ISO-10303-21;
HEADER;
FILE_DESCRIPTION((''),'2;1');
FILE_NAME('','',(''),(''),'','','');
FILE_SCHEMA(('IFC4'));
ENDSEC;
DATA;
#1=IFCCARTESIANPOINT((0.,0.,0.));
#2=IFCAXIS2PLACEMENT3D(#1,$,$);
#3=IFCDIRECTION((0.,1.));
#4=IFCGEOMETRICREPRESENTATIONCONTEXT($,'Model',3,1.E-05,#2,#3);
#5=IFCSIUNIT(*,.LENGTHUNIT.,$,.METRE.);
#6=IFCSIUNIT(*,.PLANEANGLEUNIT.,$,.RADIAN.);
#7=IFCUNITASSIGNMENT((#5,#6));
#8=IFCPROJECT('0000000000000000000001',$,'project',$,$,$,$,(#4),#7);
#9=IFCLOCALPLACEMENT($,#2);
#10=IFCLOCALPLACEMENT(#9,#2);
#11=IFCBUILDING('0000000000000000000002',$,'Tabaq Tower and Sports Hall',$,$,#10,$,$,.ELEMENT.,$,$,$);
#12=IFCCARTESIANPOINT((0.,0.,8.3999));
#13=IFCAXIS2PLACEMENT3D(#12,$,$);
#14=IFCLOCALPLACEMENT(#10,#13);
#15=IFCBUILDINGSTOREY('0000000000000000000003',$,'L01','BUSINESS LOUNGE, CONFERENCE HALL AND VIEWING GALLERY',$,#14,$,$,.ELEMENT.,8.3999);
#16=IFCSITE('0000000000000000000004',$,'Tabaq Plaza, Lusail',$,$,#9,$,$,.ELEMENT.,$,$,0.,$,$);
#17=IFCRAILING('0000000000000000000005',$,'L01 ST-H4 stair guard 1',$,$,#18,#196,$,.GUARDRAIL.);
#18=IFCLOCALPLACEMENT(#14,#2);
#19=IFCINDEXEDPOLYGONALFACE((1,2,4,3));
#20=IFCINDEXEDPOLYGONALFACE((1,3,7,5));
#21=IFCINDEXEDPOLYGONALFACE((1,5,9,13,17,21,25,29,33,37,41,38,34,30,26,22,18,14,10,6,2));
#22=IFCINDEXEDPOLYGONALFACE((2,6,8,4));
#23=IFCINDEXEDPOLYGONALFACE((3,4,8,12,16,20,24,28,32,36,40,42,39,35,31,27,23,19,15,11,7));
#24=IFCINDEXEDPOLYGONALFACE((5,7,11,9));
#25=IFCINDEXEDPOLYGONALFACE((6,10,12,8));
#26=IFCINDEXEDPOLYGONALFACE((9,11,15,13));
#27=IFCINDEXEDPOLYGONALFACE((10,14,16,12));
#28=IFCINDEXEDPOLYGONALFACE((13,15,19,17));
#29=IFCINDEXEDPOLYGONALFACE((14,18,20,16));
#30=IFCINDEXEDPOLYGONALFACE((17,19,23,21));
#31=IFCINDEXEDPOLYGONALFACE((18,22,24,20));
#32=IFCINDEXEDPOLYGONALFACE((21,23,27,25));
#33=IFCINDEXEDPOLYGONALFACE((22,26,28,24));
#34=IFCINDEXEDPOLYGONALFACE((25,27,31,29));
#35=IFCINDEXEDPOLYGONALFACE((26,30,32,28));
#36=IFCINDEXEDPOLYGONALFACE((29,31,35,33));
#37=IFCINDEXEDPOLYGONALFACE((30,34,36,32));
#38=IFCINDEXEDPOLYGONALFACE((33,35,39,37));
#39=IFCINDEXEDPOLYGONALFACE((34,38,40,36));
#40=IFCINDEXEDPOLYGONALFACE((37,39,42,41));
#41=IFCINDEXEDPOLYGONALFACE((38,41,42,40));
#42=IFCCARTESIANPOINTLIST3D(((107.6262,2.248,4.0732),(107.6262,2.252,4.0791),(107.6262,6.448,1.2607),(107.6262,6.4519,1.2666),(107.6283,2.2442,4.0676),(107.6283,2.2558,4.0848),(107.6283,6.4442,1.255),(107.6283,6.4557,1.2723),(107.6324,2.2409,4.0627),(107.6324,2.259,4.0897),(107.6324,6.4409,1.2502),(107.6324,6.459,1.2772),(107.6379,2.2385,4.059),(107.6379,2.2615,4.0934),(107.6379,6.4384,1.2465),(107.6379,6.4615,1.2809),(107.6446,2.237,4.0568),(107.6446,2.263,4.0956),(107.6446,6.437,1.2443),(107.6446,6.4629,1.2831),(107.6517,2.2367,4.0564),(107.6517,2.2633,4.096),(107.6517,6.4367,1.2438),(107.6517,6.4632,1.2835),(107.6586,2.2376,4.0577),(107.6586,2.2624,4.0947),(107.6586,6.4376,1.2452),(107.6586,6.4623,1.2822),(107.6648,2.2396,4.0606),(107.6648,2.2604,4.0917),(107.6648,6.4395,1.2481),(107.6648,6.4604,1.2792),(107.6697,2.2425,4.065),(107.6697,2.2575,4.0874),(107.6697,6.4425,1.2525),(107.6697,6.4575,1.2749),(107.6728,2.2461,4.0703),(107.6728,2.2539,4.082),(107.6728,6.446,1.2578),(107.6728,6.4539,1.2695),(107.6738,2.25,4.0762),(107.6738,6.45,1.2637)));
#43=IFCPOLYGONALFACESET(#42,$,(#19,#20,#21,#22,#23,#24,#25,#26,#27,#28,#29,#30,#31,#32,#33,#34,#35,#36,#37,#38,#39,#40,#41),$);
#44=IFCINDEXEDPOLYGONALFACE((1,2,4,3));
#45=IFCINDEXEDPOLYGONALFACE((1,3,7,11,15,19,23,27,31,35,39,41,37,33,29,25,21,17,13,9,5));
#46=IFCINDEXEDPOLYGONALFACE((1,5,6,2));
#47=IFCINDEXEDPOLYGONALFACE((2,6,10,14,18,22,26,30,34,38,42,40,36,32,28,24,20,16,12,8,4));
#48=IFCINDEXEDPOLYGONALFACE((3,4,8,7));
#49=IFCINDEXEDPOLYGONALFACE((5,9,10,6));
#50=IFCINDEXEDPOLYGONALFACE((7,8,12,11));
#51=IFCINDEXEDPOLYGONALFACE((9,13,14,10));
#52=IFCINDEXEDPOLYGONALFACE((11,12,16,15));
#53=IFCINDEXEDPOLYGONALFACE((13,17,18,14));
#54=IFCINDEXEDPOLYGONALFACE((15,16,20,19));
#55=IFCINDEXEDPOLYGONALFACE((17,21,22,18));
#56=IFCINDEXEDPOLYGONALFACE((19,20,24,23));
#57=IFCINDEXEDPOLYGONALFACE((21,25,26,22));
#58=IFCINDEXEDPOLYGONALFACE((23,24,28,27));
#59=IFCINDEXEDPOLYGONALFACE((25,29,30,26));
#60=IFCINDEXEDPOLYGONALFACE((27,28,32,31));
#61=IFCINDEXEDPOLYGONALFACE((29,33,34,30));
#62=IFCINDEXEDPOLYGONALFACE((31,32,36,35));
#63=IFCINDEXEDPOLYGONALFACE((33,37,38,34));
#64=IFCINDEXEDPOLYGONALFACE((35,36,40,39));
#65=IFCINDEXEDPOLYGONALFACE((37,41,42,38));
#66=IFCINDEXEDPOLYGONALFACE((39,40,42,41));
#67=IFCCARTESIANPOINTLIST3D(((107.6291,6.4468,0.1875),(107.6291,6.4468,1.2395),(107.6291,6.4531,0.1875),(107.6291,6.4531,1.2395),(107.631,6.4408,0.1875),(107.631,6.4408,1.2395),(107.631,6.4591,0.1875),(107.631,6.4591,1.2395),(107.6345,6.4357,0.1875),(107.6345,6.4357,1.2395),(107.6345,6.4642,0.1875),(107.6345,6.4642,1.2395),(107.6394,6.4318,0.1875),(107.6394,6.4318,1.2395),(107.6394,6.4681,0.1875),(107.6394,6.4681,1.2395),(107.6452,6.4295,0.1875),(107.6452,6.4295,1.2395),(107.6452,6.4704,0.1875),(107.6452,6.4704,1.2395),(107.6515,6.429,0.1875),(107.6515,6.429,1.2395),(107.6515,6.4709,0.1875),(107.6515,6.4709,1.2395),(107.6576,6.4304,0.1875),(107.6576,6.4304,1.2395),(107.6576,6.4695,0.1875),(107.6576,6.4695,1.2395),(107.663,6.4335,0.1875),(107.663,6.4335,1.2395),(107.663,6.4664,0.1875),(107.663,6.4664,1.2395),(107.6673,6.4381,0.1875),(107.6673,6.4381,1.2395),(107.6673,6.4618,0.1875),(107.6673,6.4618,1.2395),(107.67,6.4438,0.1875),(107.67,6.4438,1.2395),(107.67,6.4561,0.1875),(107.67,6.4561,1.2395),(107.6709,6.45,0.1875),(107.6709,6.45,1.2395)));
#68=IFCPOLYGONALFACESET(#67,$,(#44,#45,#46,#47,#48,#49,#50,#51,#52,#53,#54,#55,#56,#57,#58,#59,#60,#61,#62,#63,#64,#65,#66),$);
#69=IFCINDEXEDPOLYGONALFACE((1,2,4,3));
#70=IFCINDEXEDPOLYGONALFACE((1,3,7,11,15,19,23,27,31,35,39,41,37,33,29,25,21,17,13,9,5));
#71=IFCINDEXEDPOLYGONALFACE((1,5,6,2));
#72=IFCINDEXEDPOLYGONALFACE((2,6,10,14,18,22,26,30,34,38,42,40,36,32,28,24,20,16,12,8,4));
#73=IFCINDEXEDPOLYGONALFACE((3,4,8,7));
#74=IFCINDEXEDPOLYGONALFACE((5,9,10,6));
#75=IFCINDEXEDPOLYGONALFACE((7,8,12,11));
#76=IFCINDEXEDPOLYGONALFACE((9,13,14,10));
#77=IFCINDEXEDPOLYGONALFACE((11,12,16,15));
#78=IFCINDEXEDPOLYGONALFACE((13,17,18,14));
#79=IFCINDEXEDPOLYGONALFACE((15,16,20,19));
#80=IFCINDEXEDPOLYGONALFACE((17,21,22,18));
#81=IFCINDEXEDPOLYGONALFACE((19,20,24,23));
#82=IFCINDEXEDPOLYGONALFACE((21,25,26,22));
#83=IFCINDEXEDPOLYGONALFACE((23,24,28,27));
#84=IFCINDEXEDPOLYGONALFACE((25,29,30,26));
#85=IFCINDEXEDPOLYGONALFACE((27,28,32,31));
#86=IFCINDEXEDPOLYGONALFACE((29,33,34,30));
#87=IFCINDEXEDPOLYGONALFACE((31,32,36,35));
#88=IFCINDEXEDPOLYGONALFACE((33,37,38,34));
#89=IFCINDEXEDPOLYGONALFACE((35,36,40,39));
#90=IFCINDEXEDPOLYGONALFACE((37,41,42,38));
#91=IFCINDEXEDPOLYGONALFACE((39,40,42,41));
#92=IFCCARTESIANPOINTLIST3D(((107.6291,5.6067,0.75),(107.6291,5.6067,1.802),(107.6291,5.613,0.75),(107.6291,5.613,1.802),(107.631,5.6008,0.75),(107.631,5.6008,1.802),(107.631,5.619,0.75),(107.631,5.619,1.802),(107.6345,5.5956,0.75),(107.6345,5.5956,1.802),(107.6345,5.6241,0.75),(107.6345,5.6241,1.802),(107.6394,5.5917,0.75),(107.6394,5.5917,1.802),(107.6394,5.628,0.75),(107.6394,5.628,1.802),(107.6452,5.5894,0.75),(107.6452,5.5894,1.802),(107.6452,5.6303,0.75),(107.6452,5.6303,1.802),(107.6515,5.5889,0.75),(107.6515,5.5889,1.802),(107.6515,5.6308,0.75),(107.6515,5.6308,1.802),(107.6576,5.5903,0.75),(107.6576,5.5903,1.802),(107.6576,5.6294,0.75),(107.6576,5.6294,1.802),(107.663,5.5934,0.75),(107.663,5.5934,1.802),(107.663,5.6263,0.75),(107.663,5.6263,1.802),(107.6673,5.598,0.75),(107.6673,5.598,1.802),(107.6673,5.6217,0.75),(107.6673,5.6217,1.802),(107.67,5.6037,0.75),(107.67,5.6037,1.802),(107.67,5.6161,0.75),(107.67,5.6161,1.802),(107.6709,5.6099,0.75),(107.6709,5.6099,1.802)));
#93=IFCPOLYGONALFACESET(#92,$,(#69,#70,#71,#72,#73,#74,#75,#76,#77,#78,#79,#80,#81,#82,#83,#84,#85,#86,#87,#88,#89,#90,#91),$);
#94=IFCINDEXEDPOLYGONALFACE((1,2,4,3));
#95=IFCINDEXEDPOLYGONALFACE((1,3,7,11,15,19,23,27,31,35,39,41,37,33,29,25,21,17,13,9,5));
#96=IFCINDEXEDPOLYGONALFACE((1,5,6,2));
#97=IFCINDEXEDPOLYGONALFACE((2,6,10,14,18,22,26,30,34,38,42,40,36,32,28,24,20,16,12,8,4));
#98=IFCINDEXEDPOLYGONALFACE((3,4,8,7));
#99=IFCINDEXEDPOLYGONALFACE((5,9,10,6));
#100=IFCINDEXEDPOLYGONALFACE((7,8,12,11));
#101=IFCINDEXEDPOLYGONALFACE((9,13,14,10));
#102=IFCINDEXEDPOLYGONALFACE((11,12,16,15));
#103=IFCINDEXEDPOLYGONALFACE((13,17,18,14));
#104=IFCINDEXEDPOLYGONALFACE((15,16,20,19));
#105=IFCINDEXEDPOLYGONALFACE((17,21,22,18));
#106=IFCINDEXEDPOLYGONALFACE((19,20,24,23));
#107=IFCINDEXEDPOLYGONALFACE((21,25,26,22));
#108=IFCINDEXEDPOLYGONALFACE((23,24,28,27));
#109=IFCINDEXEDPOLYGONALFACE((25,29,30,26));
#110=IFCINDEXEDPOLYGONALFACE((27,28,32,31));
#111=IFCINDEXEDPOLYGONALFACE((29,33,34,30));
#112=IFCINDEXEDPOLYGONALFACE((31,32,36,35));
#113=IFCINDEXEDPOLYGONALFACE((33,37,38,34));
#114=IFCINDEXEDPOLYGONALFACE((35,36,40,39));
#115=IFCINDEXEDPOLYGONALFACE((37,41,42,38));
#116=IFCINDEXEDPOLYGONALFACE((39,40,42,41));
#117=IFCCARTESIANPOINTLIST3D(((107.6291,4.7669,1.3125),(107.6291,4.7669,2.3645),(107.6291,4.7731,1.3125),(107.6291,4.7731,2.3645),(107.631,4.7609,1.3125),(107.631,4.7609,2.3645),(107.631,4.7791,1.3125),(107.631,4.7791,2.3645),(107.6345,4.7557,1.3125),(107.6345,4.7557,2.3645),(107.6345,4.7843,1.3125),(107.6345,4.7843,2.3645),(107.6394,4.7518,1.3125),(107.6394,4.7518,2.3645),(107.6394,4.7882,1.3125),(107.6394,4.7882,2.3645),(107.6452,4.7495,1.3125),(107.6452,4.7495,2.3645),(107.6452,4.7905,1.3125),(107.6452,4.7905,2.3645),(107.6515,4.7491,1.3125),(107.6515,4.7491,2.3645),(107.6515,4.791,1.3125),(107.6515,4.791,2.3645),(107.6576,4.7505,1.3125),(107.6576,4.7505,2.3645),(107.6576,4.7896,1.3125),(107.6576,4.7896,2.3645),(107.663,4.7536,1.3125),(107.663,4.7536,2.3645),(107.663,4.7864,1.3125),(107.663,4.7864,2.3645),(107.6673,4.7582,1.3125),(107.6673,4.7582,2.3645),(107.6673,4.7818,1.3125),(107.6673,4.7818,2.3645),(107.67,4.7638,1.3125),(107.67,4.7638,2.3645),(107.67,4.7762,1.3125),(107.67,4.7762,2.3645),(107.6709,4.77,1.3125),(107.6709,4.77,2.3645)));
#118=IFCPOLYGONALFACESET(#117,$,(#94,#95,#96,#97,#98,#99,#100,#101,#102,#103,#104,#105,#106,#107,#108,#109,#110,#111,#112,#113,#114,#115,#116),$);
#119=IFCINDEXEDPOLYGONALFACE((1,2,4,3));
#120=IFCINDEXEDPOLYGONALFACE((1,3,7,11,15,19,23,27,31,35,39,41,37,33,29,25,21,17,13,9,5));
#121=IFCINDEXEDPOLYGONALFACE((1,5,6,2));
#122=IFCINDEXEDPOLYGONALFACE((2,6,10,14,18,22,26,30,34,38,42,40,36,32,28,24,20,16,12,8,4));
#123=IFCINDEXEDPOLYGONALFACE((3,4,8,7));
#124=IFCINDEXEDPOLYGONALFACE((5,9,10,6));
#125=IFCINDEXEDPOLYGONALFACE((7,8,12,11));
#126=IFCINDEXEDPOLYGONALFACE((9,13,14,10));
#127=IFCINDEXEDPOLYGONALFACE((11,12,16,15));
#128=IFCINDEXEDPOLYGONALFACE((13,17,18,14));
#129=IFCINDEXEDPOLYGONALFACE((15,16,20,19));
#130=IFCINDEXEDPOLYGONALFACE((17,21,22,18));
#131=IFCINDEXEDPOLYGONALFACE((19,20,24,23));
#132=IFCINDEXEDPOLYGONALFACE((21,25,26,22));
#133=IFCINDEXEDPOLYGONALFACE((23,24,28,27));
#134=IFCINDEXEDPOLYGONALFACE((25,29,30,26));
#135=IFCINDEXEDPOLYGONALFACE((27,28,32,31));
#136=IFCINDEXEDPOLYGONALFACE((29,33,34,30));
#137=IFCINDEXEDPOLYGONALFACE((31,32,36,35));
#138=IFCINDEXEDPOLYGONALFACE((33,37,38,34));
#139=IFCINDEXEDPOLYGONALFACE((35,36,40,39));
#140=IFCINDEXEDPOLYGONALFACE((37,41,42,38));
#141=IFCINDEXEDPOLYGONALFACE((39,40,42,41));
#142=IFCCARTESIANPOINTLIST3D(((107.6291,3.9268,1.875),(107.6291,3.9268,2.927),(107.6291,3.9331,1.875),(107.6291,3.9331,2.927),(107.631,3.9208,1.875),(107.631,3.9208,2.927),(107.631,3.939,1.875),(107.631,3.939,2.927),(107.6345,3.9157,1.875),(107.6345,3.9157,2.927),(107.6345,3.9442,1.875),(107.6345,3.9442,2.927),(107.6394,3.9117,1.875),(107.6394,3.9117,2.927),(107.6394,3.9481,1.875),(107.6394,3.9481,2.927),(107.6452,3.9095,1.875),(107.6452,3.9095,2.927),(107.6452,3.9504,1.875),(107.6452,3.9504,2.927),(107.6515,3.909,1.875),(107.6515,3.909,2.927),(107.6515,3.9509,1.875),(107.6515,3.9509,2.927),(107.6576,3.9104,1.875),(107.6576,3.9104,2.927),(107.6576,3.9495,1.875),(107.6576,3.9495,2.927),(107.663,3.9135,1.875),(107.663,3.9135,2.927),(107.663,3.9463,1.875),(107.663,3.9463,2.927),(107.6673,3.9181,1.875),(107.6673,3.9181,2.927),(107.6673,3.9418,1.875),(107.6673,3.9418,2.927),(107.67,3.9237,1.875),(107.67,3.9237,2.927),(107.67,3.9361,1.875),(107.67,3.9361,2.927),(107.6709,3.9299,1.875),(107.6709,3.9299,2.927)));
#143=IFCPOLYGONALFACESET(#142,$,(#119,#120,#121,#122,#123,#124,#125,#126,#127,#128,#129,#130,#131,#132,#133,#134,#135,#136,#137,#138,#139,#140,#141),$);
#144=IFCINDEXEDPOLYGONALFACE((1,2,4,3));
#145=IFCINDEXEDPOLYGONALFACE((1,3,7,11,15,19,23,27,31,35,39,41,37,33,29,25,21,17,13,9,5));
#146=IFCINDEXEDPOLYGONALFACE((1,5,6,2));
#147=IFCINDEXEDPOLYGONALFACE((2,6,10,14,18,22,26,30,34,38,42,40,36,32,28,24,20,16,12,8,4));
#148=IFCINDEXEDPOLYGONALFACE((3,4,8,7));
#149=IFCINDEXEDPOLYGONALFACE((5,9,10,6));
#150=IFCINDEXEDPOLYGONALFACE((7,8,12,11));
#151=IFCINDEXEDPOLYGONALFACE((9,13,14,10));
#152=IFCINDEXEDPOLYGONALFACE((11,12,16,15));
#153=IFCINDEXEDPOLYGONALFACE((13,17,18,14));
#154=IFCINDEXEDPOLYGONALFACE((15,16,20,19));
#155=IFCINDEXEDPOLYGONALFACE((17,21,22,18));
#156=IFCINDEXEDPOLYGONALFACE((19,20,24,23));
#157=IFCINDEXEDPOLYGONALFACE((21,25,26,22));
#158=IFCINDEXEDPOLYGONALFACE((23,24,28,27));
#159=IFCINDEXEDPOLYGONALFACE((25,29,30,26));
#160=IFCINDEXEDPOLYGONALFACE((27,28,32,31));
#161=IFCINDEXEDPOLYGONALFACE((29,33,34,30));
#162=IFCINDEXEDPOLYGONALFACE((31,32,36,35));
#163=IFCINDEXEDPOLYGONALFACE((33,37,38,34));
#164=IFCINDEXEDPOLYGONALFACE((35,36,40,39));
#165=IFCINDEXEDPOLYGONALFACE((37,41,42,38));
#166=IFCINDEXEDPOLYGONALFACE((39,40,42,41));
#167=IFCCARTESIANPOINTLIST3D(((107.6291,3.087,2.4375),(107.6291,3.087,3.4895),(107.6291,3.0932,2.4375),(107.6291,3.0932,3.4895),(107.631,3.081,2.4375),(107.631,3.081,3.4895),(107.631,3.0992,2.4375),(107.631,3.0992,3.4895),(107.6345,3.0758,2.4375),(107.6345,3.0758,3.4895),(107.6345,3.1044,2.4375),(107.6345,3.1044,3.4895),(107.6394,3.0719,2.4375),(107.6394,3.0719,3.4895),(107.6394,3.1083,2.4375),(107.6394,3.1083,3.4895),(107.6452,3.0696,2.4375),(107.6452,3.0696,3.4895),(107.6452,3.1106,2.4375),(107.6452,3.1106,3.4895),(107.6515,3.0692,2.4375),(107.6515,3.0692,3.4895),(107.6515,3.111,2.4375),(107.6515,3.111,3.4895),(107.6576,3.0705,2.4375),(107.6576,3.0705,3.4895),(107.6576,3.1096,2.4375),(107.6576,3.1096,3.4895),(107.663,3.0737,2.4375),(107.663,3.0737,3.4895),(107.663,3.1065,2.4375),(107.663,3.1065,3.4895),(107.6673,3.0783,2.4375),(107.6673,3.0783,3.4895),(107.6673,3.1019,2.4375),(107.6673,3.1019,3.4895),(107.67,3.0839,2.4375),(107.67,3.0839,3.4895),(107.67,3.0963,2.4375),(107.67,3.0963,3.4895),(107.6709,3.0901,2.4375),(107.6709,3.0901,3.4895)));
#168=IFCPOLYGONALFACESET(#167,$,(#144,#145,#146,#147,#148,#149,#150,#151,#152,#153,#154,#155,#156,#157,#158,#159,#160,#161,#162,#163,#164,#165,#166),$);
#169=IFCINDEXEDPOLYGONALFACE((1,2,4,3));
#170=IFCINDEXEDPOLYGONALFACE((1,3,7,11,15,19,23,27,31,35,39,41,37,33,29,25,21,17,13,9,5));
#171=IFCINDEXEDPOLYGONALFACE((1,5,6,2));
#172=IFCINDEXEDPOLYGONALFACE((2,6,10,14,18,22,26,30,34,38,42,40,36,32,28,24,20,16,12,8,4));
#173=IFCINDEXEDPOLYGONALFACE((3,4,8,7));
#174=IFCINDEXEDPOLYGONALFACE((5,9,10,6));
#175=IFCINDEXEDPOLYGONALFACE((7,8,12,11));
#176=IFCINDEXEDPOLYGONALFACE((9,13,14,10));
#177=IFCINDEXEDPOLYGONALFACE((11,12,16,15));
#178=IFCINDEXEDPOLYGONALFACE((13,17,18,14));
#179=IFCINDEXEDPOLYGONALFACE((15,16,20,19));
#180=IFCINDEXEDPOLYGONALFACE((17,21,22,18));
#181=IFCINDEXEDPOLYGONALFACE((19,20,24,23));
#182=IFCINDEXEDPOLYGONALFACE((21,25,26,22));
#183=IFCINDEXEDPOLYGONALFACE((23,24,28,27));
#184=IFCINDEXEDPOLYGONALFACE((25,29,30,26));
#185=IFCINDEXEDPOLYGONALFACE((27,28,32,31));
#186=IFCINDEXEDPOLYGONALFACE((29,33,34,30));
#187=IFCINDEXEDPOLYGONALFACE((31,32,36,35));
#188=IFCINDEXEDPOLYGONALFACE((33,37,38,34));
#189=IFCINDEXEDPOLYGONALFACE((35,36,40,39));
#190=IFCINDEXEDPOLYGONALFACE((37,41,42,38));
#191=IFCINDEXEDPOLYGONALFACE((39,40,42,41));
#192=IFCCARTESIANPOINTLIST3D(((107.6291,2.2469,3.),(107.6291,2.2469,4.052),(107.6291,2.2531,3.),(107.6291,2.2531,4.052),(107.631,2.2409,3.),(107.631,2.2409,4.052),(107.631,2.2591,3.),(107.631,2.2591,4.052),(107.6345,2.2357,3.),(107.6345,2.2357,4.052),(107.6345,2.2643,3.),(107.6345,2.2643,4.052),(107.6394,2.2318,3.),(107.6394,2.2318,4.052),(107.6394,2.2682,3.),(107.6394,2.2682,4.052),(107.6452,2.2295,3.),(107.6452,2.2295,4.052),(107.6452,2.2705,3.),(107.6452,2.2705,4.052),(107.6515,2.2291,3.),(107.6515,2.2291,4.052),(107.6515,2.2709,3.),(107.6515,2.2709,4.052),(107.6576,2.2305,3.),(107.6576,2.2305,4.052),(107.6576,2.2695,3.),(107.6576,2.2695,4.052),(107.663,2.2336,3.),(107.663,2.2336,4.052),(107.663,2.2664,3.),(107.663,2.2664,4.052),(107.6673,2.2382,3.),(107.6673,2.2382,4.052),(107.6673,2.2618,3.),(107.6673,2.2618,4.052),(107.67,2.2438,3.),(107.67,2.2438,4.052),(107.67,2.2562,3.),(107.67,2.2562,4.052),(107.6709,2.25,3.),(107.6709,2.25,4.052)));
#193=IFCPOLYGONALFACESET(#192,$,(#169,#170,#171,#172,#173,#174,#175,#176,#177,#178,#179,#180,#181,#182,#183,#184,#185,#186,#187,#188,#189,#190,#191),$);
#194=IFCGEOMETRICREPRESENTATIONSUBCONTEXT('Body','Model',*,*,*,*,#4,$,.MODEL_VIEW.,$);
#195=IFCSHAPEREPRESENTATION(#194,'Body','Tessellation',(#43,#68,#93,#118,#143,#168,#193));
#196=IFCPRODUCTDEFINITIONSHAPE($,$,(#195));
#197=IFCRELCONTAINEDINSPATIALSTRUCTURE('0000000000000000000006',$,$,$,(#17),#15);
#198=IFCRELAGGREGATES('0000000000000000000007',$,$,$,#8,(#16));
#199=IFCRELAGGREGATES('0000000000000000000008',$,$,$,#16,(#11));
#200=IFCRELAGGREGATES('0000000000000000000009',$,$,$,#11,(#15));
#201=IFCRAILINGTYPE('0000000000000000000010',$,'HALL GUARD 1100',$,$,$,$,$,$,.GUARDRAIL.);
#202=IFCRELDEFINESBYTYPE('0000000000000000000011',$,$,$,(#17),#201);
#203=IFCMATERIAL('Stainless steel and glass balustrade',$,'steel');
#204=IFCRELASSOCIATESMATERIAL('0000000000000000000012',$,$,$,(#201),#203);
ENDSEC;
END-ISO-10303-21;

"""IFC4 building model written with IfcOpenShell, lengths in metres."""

from ifc_helpers import new_model, si_unit, direction, frame, origin, origin_2d, place, context, subcontext, project, spatial, circle, extrude, material, type_object, element, save


model = new_model("IFC4")

# Units and contexts
model_context = context("Model", 3, precision=1e-05, world=origin(), true_north=direction((0.0, 1.0)))
body_context = subcontext(model_context, "Body", "Model", "MODEL_VIEW")
ifc_project = project(units=[si_unit("LENGTHUNIT", "METRE"), si_unit("PLANEANGLEUNIT", "RADIAN")], contexts=[model_context])

# Site, building, storey
site_placement = place(None, origin())
site = spatial("IfcSite", under=ifc_project, at=site_placement, Name="Tabaq Plaza, Lusail", CompositionType="ELEMENT", RefElevation=0.0)
building_placement = place(site_placement, origin())
building = spatial("IfcBuilding", under=site, at=building_placement, Name="Tabaq Tower and Sports Hall", CompositionType="ELEMENT")
storey_placement = place(building_placement, frame((0.0, 0.0, 8.3999)))
storey = spatial("IfcBuildingStorey", under=building, at=storey_placement, Name="L01", Description="BUSINESS LOUNGE, CONFERENCE HALL AND VIEWING GALLERY", CompositionType="ELEMENT", Elevation=8.3999)

# Railing
ifc_material_1 = material(Name="Stainless steel and glass balustrade", Category="steel")
railing_type_1 = type_object("IfcRailingType", Name="HALL GUARD 1100", PredefinedType="GUARDRAIL", material=ifc_material_1)
railing_1_placement = place(storey_placement, frame((107.6499, 6.45, 0.1875)))
element("IfcRailing", 1, at=railing_1_placement, inside=storey, type_object=railing_type_1, Name="L01 ST-H4 stair guard 1", PredefinedType="GUARDRAIL", context=body_context, shape_type="SweptSolid", body=[
    extrude(circle(Radius=0.0239, at=origin_2d()), frame((0.0, 0.0, 1.0762), z_axis=(0.0, -0.830904, 0.556416), x_axis=(1.0, 0.0, 0.0)), (0.0, 0.0, 1.0), 5.0547),
    extrude(circle(Radius=0.021, at=origin_2d()), origin(), (0.0, 0.0, 1.0), 1.052),
    extrude(circle(Radius=0.021, at=origin_2d()), frame((0.0, -0.8401, 0.5625)), (0.0, 0.0, 1.0), 1.052),
    extrude(circle(Radius=0.021, at=origin_2d()), frame((0.0, -1.6799, 1.125)), (0.0, 0.0, 1.0), 1.052),
    extrude(circle(Radius=0.021, at=origin_2d()), frame((0.0, -2.52, 1.6875)), (0.0, 0.0, 1.0), 1.052),
    extrude(circle(Radius=0.021, at=origin_2d()), frame((0.0, -3.3599, 2.25)), (0.0, 0.0, 1.0), 1.052),
    extrude(circle(Radius=0.021, at=origin_2d()), frame((0.0, -4.2, 2.8125)), (0.0, 0.0, 1.0), 1.052),
])

save(model, "model.ifc")
